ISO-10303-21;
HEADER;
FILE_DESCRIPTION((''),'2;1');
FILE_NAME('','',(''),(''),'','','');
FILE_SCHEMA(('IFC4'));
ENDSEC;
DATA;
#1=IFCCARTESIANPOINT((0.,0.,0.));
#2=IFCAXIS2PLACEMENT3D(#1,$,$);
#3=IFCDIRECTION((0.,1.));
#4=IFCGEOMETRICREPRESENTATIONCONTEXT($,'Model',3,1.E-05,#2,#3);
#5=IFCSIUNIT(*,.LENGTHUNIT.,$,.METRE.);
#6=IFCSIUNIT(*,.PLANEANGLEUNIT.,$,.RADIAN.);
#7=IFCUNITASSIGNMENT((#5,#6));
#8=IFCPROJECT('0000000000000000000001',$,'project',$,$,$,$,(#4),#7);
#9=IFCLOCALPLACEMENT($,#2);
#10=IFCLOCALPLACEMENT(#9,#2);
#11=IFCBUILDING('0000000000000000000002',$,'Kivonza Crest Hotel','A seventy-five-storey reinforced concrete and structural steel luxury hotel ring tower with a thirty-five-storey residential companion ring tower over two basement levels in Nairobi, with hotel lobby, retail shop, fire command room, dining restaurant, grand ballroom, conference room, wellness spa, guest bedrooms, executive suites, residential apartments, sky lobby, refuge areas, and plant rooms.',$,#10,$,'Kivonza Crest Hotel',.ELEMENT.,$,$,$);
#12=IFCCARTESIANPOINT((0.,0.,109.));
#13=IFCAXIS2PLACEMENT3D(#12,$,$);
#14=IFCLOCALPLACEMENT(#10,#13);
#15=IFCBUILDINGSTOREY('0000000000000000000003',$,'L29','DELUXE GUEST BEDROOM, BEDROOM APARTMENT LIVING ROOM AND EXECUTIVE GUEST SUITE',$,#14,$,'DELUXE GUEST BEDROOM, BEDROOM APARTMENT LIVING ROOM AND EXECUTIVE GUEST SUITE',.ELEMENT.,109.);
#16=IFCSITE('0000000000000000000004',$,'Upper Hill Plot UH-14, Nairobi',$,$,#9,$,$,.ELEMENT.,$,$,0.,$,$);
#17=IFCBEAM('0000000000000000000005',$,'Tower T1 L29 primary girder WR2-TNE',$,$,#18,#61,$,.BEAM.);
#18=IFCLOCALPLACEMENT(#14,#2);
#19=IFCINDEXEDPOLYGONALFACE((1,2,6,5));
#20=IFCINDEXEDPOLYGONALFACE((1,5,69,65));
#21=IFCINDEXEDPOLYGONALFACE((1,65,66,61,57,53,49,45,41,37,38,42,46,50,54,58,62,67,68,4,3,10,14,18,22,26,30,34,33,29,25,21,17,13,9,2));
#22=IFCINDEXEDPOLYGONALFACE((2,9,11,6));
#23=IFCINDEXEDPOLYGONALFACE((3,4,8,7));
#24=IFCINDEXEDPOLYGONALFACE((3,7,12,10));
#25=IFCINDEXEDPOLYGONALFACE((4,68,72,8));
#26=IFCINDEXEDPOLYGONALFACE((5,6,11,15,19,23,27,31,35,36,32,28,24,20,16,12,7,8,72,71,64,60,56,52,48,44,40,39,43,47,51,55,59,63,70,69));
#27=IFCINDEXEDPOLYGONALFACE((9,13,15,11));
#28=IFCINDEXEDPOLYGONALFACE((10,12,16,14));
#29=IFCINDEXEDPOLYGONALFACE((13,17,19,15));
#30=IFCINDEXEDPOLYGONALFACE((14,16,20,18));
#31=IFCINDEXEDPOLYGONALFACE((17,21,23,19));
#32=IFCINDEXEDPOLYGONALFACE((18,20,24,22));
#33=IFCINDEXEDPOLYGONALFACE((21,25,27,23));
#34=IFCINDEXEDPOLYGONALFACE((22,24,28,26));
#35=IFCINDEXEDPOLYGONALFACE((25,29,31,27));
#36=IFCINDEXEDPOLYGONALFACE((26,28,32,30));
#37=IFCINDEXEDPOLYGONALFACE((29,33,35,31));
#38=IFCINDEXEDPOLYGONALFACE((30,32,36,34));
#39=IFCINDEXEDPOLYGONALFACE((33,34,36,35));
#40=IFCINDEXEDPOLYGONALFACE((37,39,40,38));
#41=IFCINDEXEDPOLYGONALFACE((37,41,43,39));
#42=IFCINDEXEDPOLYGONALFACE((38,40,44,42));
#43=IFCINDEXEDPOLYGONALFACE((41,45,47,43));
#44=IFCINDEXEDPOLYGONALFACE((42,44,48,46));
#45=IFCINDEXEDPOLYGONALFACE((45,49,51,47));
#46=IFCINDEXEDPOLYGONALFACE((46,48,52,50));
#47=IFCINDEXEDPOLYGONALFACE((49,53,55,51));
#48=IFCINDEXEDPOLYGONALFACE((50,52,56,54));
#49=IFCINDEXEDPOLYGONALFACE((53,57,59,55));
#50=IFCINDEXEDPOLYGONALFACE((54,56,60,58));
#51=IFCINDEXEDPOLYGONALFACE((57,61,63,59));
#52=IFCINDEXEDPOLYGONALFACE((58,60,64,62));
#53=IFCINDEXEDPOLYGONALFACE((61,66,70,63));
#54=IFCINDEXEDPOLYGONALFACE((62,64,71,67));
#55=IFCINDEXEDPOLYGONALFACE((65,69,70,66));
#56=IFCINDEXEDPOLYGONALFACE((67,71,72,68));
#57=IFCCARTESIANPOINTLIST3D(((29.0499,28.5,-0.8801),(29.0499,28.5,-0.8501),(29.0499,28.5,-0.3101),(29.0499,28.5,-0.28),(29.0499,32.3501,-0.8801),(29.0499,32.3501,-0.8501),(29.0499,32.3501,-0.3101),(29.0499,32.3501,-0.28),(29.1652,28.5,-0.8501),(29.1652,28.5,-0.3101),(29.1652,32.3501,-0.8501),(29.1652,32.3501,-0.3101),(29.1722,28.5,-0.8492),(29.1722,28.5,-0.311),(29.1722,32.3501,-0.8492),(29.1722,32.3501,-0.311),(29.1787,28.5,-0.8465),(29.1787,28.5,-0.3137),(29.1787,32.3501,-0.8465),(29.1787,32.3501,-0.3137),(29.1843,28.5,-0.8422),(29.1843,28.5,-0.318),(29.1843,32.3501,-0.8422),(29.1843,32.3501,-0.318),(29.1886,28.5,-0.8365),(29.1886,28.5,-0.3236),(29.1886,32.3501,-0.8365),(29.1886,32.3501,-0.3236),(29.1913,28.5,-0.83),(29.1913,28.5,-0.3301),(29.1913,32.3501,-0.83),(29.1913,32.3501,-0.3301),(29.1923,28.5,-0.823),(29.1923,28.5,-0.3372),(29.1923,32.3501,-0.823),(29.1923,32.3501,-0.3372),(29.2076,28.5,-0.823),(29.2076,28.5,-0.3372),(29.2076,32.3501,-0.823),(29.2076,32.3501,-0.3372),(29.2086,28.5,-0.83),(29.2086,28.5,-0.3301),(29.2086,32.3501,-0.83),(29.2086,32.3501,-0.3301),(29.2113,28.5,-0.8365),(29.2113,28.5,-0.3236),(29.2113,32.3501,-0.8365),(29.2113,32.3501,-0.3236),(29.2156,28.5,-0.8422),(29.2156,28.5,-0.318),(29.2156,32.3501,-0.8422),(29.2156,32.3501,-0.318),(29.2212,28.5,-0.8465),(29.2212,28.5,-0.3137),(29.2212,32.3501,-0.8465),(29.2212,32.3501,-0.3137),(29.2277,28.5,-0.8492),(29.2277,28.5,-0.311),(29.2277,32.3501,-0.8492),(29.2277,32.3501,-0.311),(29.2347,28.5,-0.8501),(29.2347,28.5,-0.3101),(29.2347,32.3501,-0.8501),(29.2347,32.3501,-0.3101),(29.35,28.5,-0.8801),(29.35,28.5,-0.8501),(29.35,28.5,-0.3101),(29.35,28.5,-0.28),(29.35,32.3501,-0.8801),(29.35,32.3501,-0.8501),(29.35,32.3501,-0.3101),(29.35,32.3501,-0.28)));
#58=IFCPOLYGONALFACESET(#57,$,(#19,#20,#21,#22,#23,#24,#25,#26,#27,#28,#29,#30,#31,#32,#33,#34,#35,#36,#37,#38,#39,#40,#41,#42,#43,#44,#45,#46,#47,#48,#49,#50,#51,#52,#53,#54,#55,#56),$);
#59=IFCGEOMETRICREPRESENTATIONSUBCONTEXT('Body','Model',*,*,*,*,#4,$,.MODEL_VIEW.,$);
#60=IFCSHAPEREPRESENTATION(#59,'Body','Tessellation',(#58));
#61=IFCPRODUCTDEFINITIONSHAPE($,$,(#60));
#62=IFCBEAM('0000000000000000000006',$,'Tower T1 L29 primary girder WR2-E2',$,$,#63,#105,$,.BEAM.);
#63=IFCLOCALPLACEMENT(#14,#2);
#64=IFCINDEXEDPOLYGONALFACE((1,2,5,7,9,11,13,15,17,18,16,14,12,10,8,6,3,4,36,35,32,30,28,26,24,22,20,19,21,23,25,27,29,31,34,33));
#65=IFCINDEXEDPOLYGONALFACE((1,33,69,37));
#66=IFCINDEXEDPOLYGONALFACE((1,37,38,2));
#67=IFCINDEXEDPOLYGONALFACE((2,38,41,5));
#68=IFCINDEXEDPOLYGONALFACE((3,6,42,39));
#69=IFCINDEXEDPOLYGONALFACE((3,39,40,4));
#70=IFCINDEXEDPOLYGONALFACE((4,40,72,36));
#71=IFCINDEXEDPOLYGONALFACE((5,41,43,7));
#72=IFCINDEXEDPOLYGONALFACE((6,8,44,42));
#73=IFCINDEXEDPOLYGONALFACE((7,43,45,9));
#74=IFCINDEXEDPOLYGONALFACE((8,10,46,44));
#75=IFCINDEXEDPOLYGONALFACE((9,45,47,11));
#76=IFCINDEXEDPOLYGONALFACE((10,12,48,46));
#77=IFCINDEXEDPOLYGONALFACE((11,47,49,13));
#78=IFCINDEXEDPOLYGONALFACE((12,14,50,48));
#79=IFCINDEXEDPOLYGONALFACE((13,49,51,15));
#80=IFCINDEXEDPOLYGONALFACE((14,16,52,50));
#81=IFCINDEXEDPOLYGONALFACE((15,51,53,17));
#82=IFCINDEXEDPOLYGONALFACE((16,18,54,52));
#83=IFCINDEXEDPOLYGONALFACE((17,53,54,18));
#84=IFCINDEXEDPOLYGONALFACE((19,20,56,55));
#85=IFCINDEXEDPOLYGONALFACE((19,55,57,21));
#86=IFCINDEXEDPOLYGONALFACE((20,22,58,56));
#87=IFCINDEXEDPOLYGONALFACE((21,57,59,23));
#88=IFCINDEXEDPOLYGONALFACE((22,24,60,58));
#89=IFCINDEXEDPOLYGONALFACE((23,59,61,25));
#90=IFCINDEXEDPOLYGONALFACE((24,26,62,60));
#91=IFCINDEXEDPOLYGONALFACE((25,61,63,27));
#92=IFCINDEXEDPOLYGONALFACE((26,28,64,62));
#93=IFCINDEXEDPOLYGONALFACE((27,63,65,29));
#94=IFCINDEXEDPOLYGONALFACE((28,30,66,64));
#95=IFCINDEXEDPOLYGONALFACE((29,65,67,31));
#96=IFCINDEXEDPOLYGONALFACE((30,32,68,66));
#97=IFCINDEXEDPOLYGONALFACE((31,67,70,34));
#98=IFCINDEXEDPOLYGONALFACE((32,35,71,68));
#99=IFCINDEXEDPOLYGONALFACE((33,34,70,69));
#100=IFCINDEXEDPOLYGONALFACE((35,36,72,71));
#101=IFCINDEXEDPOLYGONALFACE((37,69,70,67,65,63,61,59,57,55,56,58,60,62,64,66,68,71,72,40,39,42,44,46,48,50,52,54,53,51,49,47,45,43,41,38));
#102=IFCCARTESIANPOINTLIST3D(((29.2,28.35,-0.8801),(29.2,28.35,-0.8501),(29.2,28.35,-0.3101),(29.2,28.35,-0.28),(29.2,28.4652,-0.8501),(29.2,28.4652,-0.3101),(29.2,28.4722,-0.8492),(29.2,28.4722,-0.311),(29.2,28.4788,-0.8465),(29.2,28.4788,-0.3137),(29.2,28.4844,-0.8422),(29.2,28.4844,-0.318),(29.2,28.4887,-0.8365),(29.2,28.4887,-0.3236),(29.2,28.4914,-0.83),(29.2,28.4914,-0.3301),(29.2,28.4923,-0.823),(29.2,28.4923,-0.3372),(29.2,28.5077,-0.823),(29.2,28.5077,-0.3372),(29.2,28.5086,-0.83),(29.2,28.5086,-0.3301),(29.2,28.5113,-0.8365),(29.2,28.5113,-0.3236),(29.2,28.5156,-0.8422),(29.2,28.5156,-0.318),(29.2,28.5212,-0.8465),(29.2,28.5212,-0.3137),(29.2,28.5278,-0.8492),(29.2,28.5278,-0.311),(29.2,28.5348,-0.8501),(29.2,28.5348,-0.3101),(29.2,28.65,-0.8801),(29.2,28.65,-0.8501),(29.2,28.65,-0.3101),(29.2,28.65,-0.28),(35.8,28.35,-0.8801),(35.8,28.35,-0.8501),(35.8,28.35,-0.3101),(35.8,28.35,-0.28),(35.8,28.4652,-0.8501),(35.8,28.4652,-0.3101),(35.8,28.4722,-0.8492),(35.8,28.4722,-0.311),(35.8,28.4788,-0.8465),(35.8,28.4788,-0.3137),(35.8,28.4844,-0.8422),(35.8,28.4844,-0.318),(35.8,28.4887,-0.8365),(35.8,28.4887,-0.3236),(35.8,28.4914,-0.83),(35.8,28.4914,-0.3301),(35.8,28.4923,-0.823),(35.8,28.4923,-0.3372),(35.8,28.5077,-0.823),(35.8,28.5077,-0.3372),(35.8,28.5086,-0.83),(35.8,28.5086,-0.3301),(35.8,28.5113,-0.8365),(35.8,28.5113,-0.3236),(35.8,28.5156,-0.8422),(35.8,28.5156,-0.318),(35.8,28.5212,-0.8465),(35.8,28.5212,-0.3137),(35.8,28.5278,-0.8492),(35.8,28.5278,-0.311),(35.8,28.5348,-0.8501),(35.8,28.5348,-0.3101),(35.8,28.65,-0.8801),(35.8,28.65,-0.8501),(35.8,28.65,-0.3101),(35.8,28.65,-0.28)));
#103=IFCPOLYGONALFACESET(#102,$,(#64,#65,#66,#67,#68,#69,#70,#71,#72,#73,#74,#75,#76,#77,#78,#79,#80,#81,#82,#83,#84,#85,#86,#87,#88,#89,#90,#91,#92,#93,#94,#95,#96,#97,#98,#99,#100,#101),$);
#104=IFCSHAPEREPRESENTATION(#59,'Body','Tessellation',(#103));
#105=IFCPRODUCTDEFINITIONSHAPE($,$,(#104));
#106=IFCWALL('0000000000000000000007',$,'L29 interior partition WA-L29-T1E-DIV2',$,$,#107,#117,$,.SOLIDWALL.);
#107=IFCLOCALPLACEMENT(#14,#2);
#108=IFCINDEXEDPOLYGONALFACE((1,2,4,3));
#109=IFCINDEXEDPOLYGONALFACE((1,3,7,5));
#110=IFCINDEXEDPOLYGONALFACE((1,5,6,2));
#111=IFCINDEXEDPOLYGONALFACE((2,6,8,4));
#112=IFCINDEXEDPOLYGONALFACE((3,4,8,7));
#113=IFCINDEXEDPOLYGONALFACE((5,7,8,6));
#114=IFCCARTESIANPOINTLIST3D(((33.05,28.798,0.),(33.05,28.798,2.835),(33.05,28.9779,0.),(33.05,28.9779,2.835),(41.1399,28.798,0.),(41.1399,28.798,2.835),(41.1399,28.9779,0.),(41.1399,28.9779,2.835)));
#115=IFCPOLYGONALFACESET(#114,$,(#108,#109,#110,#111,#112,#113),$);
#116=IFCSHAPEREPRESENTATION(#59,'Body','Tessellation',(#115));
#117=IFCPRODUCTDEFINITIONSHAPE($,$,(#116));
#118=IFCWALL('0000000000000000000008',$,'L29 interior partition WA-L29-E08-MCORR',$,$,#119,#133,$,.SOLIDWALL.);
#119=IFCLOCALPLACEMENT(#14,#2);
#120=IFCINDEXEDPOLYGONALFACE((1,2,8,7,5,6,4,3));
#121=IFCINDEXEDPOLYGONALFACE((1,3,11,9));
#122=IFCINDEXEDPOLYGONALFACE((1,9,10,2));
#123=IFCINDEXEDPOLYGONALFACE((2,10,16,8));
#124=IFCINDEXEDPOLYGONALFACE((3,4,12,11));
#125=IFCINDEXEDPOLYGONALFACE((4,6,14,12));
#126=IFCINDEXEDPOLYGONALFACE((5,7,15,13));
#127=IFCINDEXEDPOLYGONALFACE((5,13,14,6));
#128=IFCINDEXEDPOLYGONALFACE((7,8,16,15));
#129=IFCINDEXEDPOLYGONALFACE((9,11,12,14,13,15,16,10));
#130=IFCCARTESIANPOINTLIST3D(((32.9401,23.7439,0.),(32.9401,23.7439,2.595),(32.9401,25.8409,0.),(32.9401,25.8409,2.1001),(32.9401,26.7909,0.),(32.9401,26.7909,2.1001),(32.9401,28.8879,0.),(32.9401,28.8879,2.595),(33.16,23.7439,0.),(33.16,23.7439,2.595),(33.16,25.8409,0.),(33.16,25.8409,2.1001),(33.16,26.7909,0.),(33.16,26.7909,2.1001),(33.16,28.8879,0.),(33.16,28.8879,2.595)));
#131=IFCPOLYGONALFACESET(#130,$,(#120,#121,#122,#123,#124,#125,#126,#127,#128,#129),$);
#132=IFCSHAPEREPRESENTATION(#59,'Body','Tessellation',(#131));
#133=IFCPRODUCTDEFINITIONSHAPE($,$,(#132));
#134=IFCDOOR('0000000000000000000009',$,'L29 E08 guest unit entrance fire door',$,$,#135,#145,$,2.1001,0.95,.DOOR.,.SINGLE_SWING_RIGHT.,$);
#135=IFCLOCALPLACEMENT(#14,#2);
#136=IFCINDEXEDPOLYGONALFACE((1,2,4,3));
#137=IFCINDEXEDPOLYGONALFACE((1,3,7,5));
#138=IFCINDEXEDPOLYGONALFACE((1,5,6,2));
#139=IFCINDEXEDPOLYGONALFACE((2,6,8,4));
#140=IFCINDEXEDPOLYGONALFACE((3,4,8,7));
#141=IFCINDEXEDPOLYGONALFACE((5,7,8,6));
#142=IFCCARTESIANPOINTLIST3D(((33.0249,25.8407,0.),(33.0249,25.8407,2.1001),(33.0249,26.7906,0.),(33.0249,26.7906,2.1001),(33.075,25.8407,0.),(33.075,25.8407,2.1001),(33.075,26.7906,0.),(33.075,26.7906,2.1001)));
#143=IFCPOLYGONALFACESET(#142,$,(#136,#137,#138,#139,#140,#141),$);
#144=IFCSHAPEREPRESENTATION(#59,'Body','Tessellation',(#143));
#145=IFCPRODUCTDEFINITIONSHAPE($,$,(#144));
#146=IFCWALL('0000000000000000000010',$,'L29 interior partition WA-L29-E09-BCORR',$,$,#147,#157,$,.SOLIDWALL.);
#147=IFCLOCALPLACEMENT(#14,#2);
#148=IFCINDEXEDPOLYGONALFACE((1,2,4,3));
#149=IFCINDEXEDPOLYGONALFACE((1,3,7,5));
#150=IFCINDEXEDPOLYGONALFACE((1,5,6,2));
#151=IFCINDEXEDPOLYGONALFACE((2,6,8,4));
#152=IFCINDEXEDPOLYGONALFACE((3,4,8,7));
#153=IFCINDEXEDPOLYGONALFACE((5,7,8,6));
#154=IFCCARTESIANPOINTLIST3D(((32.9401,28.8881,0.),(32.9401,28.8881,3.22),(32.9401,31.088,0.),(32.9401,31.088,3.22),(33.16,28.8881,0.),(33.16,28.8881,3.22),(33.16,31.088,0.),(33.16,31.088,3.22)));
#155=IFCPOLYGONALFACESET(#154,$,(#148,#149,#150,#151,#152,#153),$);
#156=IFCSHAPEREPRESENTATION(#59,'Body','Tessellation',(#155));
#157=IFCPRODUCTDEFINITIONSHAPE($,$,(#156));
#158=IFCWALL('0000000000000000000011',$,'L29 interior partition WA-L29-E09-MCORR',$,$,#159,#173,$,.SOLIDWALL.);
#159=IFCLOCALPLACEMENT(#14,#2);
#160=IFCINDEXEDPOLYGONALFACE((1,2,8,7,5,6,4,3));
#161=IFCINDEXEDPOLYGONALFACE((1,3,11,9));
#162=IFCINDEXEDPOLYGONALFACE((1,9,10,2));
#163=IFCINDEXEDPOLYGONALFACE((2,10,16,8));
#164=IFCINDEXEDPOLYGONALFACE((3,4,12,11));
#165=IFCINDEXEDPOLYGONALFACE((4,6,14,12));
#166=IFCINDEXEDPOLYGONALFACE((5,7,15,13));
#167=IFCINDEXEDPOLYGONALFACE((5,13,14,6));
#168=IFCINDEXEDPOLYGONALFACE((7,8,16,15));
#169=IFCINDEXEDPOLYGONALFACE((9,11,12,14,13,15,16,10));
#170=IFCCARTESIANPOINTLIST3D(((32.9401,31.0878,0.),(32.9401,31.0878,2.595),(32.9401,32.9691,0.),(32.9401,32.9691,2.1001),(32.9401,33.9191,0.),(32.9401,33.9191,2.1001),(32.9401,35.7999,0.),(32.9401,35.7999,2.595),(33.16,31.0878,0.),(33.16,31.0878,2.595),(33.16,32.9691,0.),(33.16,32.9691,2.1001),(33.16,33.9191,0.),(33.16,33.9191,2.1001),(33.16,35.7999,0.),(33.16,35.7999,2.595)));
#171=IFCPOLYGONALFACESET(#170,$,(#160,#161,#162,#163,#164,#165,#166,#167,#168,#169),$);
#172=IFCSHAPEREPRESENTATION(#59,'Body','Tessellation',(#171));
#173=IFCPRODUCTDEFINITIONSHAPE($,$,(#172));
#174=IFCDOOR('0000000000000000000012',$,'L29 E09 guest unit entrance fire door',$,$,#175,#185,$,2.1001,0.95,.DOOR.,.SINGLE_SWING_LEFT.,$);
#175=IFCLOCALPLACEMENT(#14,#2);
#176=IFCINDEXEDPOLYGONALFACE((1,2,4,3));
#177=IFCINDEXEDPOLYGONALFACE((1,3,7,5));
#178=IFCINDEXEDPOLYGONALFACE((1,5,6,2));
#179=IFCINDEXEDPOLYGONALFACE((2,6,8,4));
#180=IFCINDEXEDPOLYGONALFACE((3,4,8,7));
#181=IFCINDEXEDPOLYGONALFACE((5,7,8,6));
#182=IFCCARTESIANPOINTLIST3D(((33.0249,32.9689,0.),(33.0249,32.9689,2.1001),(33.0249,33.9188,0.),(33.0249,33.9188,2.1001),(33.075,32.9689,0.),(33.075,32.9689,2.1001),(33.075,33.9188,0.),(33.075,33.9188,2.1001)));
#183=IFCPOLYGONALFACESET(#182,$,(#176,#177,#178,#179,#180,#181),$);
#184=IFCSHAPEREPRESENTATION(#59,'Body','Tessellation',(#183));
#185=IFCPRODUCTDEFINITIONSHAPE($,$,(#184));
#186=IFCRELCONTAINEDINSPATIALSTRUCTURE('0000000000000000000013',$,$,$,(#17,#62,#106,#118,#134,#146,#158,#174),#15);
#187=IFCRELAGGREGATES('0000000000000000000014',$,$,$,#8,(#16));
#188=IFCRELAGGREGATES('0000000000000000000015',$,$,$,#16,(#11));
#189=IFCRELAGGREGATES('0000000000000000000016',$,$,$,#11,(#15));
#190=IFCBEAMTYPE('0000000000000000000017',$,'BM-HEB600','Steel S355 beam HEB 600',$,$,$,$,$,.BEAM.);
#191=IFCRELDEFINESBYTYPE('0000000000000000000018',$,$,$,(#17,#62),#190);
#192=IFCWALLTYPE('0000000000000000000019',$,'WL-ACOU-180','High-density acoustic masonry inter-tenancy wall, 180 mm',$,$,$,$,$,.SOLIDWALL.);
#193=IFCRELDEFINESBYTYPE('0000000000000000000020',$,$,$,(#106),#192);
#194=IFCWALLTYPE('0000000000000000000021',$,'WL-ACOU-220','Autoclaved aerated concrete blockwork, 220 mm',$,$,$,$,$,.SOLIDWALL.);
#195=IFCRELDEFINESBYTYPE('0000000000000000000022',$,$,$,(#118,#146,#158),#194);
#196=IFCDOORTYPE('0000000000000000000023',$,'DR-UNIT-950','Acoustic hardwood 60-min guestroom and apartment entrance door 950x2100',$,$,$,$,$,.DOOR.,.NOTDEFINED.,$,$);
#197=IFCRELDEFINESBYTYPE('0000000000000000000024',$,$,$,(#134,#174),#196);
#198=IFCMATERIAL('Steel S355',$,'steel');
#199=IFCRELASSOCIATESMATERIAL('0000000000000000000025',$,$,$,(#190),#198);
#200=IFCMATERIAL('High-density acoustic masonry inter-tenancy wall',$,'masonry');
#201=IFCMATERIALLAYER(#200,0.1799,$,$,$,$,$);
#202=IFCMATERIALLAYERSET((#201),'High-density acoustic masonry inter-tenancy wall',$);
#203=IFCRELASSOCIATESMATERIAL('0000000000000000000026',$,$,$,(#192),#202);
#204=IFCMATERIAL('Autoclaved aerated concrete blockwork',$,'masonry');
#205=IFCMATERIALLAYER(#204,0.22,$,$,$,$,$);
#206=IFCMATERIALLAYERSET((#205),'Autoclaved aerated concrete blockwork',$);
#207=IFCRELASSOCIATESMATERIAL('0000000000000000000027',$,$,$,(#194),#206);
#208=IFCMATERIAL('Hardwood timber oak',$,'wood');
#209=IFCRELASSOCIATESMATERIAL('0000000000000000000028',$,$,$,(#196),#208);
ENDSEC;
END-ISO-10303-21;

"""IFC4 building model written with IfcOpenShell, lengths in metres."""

from ifc_helpers import new_model, si_unit, direction, frame, frame_2d, origin, origin_2d, place, context, subcontext, project, spatial, rectangle, i_section, extrude, material, layer, layer_set, material_profile, profile_set, type_object, element, fill, save


model = new_model("IFC4")

# Units and contexts
model_context = context("Model", 3, precision=1e-05, world=origin(), true_north=direction((0.0, 1.0)))
body_context = subcontext(model_context, "Body", "Model", "MODEL_VIEW")
ifc_project = project(units=[si_unit("LENGTHUNIT", "METRE"), si_unit("PLANEANGLEUNIT", "RADIAN")], contexts=[model_context])

# Site, building, storey
site_placement = place(None, origin())
site = spatial("IfcSite", under=ifc_project, at=site_placement, Name="Upper Hill Plot UH-14, Nairobi", CompositionType="ELEMENT", RefElevation=0.0)
building_placement = place(site_placement, origin())
building = spatial("IfcBuilding", under=site, at=building_placement, Name="Kivonza Crest Hotel", Description="A seventy-five-storey reinforced concrete and structural steel luxury hotel ring tower with a thirty-five-storey residential companion ring tower over two basement levels in Nairobi, with hotel lobby, retail shop, fire command room, dining restaurant, grand ballroom, conference room, wellness spa, guest bedrooms, executive suites, residential apartments, sky lobby, refuge areas, and plant rooms.", LongName="Kivonza Crest Hotel", CompositionType="ELEMENT")
storey_placement = place(building_placement, frame((0.0, 0.0, 109.0)))
storey = spatial("IfcBuildingStorey", under=building, at=storey_placement, Name="L29", Description="DELUXE GUEST BEDROOM, BEDROOM APARTMENT LIVING ROOM AND EXECUTIVE GUEST SUITE", LongName="DELUXE GUEST BEDROOM, BEDROOM APARTMENT LIVING ROOM AND EXECUTIVE GUEST SUITE", CompositionType="ELEMENT", Elevation=109.0)

# Beams
ifc_material_1 = material(Name="Steel S355", Category="steel")
ifc_material_profile_1 = material_profile(ifc_material_1, i_section(OverallWidth=0.3, OverallDepth=0.6001, WebThickness=0.0154, FlangeThickness=0.03, FilletRadius=0.0271, at=origin_2d()), Name="HEB 600")
ifc_profile_set_1 = profile_set([ifc_material_profile_1], Name="Steel S355")
beam_type_1 = type_object("IfcBeamType", Name="BM-HEB600", Description="Steel S355 beam HEB 600", PredefinedType="BEAM", material=ifc_profile_set_1)
beam_1_placement = place(storey_placement, frame((29.2, 28.5, -0.5801), z_axis=(0.0, 1.0, 0.0), x_axis=(-1.0, 0.0, 0.0)))
element("IfcBeam", 1, at=beam_1_placement, inside=storey, type_object=beam_type_1, Name="Tower T1 L29 primary girder WR2-TNE", PredefinedType="BEAM", context=body_context, shape_type="SweptSolid", body=[
    extrude(i_section(OverallWidth=0.3, OverallDepth=0.6001, WebThickness=0.0154, FlangeThickness=0.03, FilletRadius=0.0271, at=origin_2d()), origin(), (0.0, 0.0, 1.0), 3.8501),
])
beam_2_placement = place(storey_placement, frame((29.2, 28.5, -0.5801), z_axis=(1.0, 0.0, 0.0), x_axis=(0.0, 1.0, 0.0)))
element("IfcBeam", 2, at=beam_2_placement, inside=storey, type_object=beam_type_1, Name="Tower T1 L29 primary girder WR2-E2", PredefinedType="BEAM", context=body_context, shape_type="SweptSolid", body=[
    extrude(i_section(OverallWidth=0.3, OverallDepth=0.6001, WebThickness=0.0154, FlangeThickness=0.03, FilletRadius=0.0271, at=origin_2d()), origin(), (0.0, 0.0, 1.0), 6.6001),
])

# Wall
ifc_material_2 = material(Name="High-density acoustic masonry inter-tenancy wall", Category="masonry")
ifc_layer_1 = layer(ifc_material_2, 0.1799)
ifc_layer_set_1 = layer_set([ifc_layer_1], Name="High-density acoustic masonry inter-tenancy wall")
wall_type_1 = type_object("IfcWallType", Name="WL-ACOU-180", Description="High-density acoustic masonry inter-tenancy wall, 180 mm", PredefinedType="SOLIDWALL", material=ifc_layer_set_1)
wall_1_placement = place(storey_placement, frame((33.05, 28.8879, 0.0), z_axis=(0.0, 0.0, 1.0), x_axis=(1.0, 0.0, 0.0)))
element("IfcWall", 3, at=wall_1_placement, inside=storey, type_object=wall_type_1, Name="L29 interior partition WA-L29-T1E-DIV2", PredefinedType="SOLIDWALL", context=body_context, shape_type="SweptSolid", body=[
    extrude(rectangle(XDim=8.0898, YDim=0.1799, at=frame_2d((4.0449, 0.0))), origin(), (0.0, 0.0, 1.0), 2.835),
])

# Wall, opening, door
ifc_material_3 = material(Name="Autoclaved aerated concrete blockwork", Category="masonry")
ifc_layer_2 = layer(ifc_material_3, 0.22)
ifc_layer_set_2 = layer_set([ifc_layer_2], Name="Autoclaved aerated concrete blockwork")
wall_type_2 = type_object("IfcWallType", Name="WL-ACOU-220", Description="Autoclaved aerated concrete blockwork, 220 mm", PredefinedType="SOLIDWALL", material=ifc_layer_set_2)
wall_2_placement = place(storey_placement, frame((33.05, 23.7439, 0.0), z_axis=(0.0, 0.0, 1.0), x_axis=(0.0, 1.0, 0.0)))
wall_2 = element("IfcWall", 4, at=wall_2_placement, inside=storey, type_object=wall_type_2, Name="L29 interior partition WA-L29-E08-MCORR", PredefinedType="SOLIDWALL", context=body_context, shape_type="SweptSolid", body=[
    extrude(rectangle(XDim=5.144, YDim=0.22, at=frame_2d((2.572, 0.0))), origin(), (0.0, 0.0, 1.0), 2.595),
])
opening_1_placement = place(wall_2_placement, frame((2.0969, 0.0, 0.0)))
opening_1 = element("IfcOpeningElement", 5, at=opening_1_placement, cuts=wall_2, PredefinedType="OPENING", context=body_context, shape_type="SweptSolid", body=[
    extrude(rectangle(XDim=0.95, YDim=2.1001, at=frame_2d((0.4751, 1.05))), frame((0.0, 0.1201, 0.0), z_axis=(0.0, -1.0, 0.0), x_axis=(1.0, 0.0, 0.0)), (0.0, 0.0, 1.0), 0.24),
])
ifc_material_4 = material(Name="Hardwood timber oak", Category="wood")
door_type_1 = type_object("IfcDoorType", Name="DR-UNIT-950", Description="Acoustic hardwood 60-min guestroom and apartment entrance door 950x2100", OperationType="NOTDEFINED", PredefinedType="DOOR", material=ifc_material_4)
door_1_placement = place(opening_1_placement, frame((0.95, 0.0, 0.0), z_axis=(0.0, 0.0, 1.0), x_axis=(-1.0, 0.0, 0.0)))
door_1 = element("IfcDoor", 6, at=door_1_placement, inside=storey, type_object=door_type_1, Name="L29 E08 guest unit entrance fire door", OperationType="SINGLE_SWING_RIGHT", OverallHeight=2.1001, OverallWidth=0.95, PredefinedType="DOOR", context=body_context, shape_type="SweptSolid", body=[
    extrude(rectangle(XDim=0.95, YDim=2.1001, at=frame_2d((0.4751, 1.05))), frame((0.0, 0.0249, 0.0), z_axis=(0.0, -1.0, 0.0), x_axis=(1.0, 0.0, 0.0)), (0.0, 0.0, 1.0), 0.05),
])
fill(opening_1, door_1)

# Wall
wall_3_placement = place(storey_placement, frame((33.05, 28.8879, 0.0), z_axis=(0.0, 0.0, 1.0), x_axis=(0.0, 1.0, 0.0)))
element("IfcWall", 7, at=wall_3_placement, inside=storey, type_object=wall_type_2, Name="L29 interior partition WA-L29-E09-BCORR", PredefinedType="SOLIDWALL", context=body_context, shape_type="SweptSolid", body=[
    extrude(rectangle(XDim=2.2, YDim=0.22, at=frame_2d((1.1001, 0.0))), origin(), (0.0, 0.0, 1.0), 3.22),
])

# Wall, opening, door
wall_4_placement = place(storey_placement, frame((33.05, 31.0879, 0.0), z_axis=(0.0, 0.0, 1.0), x_axis=(0.0, 1.0, 0.0)))
wall_4 = element("IfcWall", 8, at=wall_4_placement, inside=storey, type_object=wall_type_2, Name="L29 interior partition WA-L29-E09-MCORR", PredefinedType="SOLIDWALL", context=body_context, shape_type="SweptSolid", body=[
    extrude(rectangle(XDim=4.7122, YDim=0.22, at=frame_2d((2.356, 0.0))), origin(), (0.0, 0.0, 1.0), 2.595),
])
opening_2_placement = place(wall_4_placement, frame((1.8811, 0.0, 0.0)))
opening_2 = element("IfcOpeningElement", 9, at=opening_2_placement, cuts=wall_4, PredefinedType="OPENING", context=body_context, shape_type="SweptSolid", body=[
    extrude(rectangle(XDim=0.95, YDim=2.1001, at=frame_2d((0.4751, 1.05))), frame((0.0, 0.1201, 0.0), z_axis=(0.0, -1.0, 0.0), x_axis=(1.0, 0.0, 0.0)), (0.0, 0.0, 1.0), 0.24),
])
door_2_placement = place(opening_2_placement, frame((0.95, 0.0, 0.0), z_axis=(0.0, 0.0, 1.0), x_axis=(-1.0, 0.0, 0.0)))
door_2 = element("IfcDoor", 10, at=door_2_placement, inside=storey, type_object=door_type_1, Name="L29 E09 guest unit entrance fire door", OperationType="SINGLE_SWING_LEFT", OverallHeight=2.1001, OverallWidth=0.95, PredefinedType="DOOR", context=body_context, shape_type="SweptSolid", body=[
    extrude(rectangle(XDim=0.95, YDim=2.1001, at=frame_2d((0.4751, 1.05))), frame((0.0, 0.0249, 0.0), z_axis=(0.0, -1.0, 0.0), x_axis=(1.0, 0.0, 0.0)), (0.0, 0.0, 1.0), 0.05),
])
fill(opening_2, door_2)

save(model, "model.ifc")
